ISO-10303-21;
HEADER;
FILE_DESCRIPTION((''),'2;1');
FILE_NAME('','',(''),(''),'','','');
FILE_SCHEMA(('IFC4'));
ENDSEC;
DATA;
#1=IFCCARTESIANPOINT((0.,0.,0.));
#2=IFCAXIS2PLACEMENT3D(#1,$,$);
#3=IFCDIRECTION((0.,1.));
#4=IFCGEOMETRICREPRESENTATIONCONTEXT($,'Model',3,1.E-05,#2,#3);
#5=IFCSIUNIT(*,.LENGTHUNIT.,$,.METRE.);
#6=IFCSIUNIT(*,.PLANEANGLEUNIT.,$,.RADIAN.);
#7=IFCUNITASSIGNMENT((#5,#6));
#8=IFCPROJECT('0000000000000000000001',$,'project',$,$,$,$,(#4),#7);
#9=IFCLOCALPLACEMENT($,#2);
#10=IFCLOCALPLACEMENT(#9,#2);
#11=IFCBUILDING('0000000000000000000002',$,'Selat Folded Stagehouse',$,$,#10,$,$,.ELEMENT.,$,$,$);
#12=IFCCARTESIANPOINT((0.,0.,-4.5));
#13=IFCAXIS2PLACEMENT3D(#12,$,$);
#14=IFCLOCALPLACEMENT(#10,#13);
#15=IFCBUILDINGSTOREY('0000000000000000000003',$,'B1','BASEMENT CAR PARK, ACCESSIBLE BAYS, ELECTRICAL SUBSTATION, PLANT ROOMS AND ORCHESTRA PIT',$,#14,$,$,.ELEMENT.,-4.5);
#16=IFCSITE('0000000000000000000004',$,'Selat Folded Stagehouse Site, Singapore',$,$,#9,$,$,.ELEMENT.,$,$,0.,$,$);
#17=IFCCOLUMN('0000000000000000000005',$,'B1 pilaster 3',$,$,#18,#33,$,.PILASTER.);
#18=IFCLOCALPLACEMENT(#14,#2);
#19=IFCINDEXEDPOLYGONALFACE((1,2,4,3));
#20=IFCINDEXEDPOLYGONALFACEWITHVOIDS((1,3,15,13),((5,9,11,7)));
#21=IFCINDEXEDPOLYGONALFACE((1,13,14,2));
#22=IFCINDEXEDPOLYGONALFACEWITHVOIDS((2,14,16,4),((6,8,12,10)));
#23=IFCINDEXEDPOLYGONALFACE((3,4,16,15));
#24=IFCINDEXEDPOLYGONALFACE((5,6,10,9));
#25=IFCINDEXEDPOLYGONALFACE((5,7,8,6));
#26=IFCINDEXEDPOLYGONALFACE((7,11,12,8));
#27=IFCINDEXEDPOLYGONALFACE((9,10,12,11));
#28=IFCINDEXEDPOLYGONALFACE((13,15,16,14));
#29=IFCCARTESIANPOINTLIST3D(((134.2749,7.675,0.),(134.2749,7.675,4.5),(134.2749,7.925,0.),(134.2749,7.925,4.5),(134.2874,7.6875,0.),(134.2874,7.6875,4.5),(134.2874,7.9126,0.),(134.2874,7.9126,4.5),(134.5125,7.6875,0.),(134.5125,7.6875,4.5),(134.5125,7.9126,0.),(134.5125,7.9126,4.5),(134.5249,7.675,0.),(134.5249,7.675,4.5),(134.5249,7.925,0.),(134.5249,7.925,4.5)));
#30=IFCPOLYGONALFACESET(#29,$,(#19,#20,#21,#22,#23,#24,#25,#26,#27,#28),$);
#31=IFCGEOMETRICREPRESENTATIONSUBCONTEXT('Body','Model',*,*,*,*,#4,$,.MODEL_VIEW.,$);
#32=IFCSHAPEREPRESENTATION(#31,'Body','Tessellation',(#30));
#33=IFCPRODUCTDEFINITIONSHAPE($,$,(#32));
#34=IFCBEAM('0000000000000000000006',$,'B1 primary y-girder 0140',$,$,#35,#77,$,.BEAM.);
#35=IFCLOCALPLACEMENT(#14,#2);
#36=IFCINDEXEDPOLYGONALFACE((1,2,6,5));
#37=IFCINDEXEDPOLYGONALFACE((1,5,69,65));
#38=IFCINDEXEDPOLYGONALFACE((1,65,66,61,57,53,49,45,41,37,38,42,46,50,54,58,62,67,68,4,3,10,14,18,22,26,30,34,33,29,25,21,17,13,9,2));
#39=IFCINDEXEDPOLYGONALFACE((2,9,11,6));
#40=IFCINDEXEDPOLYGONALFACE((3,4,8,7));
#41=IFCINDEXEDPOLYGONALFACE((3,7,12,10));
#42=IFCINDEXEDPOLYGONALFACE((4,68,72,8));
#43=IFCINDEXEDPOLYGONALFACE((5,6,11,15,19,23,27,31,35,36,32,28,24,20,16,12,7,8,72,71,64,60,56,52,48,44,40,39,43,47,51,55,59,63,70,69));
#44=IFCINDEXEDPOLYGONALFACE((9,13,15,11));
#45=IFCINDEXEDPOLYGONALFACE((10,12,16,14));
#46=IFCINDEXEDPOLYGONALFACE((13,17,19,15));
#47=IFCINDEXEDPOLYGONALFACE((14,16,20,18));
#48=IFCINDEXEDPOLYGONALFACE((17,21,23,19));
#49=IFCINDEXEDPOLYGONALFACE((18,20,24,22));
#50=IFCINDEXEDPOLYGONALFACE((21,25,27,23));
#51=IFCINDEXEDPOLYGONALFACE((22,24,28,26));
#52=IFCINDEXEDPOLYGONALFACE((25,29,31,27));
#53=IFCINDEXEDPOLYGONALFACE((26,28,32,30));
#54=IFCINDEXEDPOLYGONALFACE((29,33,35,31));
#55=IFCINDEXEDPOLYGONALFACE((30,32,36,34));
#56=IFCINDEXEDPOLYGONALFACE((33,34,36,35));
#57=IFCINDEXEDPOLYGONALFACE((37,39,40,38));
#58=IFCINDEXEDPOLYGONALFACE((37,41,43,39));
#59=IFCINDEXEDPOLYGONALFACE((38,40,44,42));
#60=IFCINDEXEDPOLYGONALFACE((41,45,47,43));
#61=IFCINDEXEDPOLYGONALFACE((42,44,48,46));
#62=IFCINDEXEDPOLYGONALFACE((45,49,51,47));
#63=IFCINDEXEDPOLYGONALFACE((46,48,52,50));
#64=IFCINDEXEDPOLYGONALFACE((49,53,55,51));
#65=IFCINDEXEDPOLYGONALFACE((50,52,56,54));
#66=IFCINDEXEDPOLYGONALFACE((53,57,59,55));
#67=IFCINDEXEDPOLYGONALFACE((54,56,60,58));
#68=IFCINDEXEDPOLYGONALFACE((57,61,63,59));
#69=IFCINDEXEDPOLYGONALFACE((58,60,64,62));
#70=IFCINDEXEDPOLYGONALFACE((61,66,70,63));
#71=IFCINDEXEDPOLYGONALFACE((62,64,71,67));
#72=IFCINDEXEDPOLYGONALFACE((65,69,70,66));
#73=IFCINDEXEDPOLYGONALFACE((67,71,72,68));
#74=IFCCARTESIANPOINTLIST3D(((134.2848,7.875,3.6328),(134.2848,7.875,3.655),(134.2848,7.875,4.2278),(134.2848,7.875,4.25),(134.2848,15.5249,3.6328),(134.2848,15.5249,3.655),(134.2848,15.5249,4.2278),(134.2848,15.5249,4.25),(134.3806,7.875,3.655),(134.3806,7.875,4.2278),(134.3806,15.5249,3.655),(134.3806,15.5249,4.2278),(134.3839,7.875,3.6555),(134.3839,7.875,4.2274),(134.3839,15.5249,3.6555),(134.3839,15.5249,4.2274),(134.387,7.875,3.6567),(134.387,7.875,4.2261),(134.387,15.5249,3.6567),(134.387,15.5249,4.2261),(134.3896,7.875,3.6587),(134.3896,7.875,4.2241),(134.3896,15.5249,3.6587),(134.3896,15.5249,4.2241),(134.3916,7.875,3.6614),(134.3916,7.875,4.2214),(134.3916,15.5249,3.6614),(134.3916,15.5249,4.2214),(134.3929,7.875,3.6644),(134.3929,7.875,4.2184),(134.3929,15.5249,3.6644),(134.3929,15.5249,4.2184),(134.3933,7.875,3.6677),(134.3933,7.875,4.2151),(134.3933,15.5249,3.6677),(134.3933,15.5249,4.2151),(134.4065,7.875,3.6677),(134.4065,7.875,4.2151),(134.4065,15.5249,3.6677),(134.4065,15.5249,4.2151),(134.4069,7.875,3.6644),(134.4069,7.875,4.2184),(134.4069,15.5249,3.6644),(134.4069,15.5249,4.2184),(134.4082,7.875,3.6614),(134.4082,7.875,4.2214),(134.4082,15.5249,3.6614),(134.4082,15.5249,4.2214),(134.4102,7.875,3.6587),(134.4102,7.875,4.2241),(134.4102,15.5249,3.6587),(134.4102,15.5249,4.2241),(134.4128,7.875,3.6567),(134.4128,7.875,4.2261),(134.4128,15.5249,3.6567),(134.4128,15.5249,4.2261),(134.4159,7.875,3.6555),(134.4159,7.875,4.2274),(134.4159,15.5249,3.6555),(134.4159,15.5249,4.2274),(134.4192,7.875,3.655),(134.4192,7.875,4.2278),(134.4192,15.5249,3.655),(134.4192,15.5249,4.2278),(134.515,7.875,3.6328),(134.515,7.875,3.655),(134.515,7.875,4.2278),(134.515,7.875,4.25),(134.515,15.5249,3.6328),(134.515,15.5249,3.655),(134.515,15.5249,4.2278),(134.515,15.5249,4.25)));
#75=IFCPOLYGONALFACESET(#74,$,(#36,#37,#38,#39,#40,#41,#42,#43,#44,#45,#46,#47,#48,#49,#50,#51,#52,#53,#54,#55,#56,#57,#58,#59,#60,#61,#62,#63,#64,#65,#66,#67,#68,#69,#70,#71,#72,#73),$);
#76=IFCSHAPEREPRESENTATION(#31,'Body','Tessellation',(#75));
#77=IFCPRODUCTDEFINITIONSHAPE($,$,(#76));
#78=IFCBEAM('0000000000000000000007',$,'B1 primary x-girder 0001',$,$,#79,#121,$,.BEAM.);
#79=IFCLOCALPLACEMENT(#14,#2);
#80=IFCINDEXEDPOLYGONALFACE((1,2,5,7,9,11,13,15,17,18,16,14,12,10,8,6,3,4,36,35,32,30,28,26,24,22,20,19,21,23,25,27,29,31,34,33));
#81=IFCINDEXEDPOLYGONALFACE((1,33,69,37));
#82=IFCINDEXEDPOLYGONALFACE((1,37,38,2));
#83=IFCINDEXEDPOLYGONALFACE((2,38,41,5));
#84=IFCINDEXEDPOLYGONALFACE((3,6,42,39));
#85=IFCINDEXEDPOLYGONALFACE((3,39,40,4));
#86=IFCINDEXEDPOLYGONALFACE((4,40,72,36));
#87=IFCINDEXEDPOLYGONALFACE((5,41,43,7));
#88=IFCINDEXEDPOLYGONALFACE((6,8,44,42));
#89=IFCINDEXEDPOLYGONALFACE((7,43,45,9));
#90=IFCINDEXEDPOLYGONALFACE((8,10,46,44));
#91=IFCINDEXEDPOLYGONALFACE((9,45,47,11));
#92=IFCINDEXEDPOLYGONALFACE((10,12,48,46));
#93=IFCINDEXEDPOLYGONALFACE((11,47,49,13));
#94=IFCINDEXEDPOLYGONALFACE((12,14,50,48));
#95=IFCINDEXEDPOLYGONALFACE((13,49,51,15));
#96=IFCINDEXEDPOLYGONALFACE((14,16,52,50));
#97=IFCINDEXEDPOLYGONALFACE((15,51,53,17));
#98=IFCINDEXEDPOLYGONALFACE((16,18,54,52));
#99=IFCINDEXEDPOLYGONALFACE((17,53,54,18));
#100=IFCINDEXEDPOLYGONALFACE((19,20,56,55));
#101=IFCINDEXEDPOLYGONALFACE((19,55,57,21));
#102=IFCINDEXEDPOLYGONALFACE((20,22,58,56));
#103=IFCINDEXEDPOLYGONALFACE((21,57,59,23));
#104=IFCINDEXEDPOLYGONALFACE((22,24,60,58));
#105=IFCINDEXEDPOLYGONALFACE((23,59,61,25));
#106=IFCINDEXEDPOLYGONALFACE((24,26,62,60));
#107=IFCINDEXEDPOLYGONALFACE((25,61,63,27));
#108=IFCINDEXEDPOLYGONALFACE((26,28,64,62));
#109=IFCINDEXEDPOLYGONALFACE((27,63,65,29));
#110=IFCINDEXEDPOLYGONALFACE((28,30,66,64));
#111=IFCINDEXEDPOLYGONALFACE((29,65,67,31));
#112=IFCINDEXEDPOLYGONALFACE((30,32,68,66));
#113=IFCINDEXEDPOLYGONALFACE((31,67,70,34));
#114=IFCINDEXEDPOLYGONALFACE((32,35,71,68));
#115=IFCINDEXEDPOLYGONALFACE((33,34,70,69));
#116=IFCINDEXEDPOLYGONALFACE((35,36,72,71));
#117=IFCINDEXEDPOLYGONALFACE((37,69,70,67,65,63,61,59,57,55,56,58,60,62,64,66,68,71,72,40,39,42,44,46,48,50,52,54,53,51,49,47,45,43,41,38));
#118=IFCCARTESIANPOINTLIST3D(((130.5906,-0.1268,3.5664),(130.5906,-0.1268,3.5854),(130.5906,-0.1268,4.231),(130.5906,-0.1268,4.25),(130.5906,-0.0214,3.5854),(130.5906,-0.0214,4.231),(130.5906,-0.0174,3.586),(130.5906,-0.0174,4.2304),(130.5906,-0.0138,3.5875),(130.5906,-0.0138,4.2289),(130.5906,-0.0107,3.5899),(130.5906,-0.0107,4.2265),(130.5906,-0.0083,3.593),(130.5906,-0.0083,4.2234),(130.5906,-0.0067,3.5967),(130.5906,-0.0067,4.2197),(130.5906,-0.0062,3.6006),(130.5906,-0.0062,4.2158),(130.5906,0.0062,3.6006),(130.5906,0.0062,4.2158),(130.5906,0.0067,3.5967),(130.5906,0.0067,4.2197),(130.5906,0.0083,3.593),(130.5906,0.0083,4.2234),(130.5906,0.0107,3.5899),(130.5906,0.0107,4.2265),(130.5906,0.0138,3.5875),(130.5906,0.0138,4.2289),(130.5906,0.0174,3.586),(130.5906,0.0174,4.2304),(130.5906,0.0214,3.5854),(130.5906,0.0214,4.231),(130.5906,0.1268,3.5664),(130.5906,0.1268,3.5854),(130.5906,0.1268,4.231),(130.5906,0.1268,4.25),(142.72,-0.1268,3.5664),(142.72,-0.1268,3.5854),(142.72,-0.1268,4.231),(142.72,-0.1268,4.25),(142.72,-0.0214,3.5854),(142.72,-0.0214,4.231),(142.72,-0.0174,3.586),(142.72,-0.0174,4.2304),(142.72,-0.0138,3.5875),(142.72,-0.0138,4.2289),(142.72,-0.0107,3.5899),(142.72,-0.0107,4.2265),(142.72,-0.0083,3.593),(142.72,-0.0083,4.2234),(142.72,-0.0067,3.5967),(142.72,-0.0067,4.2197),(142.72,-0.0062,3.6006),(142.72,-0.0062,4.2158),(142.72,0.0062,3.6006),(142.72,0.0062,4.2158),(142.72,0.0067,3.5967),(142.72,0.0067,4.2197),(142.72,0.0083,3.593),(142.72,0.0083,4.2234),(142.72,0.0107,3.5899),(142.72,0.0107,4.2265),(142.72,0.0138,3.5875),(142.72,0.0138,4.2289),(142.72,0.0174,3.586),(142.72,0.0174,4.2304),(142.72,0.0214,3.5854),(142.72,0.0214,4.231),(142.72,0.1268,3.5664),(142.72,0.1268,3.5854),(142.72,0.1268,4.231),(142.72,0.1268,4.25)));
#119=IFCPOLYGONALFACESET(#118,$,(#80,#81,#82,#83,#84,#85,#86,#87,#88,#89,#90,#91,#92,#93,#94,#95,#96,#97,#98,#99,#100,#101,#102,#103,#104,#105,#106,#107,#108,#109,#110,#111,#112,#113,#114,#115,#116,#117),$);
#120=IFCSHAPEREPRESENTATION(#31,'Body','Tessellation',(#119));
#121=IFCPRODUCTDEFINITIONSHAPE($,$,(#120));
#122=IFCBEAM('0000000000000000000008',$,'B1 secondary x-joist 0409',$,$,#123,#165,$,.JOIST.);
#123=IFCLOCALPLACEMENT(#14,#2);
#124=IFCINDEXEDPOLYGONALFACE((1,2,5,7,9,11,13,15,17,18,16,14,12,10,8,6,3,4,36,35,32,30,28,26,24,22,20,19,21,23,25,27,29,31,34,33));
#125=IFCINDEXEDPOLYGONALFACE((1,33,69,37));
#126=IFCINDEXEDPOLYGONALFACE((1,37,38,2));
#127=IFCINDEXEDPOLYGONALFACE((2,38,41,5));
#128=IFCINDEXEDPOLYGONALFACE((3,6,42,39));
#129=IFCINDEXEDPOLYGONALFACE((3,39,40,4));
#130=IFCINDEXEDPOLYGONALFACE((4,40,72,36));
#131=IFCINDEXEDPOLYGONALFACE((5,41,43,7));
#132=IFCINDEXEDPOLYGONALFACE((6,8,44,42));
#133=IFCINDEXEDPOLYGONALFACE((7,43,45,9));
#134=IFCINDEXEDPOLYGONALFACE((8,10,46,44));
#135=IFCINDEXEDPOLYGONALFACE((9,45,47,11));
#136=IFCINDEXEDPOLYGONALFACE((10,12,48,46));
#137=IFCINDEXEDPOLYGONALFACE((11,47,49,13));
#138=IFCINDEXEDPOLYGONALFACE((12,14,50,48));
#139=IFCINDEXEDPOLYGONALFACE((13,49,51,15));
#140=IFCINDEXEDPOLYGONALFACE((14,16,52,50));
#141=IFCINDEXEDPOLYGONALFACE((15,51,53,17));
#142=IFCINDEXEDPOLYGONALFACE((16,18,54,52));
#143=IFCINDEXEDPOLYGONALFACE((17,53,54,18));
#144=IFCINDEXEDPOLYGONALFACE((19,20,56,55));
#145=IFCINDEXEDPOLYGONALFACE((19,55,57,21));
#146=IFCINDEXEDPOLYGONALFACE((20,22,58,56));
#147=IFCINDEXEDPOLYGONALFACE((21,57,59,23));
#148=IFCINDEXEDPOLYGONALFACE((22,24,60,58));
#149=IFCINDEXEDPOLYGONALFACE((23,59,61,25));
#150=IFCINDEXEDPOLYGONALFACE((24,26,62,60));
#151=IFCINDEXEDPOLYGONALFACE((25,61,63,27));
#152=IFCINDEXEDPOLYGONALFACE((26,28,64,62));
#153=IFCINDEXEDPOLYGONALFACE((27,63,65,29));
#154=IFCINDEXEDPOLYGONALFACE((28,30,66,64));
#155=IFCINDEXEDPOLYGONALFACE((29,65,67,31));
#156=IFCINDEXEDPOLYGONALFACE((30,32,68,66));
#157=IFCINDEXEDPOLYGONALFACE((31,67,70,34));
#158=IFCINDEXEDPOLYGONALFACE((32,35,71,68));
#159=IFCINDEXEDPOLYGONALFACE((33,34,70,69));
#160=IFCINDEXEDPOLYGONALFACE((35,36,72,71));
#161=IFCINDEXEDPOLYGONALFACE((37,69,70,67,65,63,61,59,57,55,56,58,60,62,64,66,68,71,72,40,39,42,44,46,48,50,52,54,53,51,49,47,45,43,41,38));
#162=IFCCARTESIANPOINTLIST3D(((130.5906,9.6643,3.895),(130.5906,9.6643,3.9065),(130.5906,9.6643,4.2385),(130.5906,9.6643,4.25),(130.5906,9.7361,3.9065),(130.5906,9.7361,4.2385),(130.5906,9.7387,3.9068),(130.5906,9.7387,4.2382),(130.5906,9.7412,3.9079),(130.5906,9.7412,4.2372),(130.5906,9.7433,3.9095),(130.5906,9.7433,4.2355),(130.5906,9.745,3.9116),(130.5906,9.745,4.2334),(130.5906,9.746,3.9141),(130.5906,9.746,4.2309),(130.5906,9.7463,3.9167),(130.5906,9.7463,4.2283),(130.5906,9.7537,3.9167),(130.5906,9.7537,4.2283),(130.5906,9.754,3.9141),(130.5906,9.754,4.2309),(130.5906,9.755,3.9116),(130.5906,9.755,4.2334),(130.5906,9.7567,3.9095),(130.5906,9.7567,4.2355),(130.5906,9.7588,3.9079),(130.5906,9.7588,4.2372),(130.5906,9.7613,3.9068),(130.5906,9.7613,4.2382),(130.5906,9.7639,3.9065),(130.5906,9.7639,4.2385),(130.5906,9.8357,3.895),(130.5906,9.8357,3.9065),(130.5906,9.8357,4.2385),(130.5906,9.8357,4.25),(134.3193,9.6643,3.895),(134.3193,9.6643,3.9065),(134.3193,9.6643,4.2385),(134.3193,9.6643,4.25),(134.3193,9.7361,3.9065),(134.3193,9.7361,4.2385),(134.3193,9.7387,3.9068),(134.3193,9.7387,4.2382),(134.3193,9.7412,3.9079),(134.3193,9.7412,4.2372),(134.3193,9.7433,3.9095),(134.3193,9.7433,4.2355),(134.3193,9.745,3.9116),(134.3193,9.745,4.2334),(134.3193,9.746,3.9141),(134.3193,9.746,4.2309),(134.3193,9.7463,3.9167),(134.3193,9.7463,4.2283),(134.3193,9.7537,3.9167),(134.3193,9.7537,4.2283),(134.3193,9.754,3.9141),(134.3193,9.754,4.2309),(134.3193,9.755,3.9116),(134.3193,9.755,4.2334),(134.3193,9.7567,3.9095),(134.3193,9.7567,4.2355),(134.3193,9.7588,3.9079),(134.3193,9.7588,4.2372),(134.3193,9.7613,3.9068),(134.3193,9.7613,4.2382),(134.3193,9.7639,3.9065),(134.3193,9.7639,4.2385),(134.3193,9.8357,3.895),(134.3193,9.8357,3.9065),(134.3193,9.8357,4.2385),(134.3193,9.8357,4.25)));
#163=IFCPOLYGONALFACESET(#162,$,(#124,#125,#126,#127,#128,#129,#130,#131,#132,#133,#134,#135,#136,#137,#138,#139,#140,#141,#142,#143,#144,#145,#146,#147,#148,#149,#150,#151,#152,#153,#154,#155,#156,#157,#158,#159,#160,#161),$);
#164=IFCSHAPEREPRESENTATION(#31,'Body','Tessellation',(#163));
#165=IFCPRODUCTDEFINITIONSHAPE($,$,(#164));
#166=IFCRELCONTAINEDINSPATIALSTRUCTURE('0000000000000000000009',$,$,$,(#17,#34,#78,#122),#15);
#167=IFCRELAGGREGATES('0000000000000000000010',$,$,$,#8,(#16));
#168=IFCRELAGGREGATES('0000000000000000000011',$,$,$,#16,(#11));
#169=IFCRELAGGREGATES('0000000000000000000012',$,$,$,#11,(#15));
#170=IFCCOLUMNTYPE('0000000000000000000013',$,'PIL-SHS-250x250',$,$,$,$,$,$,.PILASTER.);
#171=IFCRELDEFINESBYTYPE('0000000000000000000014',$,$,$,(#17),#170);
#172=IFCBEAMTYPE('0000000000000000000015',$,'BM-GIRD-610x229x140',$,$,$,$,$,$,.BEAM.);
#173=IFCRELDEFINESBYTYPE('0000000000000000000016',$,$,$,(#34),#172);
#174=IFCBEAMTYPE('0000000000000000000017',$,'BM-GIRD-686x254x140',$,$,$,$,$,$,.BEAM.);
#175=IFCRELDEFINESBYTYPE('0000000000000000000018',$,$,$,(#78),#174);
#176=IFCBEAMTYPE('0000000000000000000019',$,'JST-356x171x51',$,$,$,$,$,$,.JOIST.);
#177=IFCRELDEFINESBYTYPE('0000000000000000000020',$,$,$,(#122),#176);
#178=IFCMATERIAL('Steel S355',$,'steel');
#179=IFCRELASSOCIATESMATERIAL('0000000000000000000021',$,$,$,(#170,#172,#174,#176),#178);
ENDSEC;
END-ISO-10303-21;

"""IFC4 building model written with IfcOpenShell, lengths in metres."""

from ifc_helpers import new_model, si_unit, direction, frame, origin, origin_2d, place, context, subcontext, project, spatial, hollow_rectangle, i_section, extrude, material, material_profile, profile_set, type_object, element, save


model = new_model("IFC4")

# Units and contexts
model_context = context("Model", 3, precision=1e-05, world=origin(), true_north=direction((0.0, 1.0)))
body_context = subcontext(model_context, "Body", "Model", "MODEL_VIEW")
ifc_project = project(units=[si_unit("LENGTHUNIT", "METRE"), si_unit("PLANEANGLEUNIT", "RADIAN")], contexts=[model_context])

# Site, building, storey
site_placement = place(None, origin())
site = spatial("IfcSite", under=ifc_project, at=site_placement, Name="Selat Folded Stagehouse Site, Singapore", CompositionType="ELEMENT", RefElevation=0.0)
building_placement = place(site_placement, origin())
building = spatial("IfcBuilding", under=site, at=building_placement, Name="Selat Folded Stagehouse", CompositionType="ELEMENT")
storey_placement = place(building_placement, frame((0.0, 0.0, -4.5)))
storey = spatial("IfcBuildingStorey", under=building, at=storey_placement, Name="B1", Description="BASEMENT CAR PARK, ACCESSIBLE BAYS, ELECTRICAL SUBSTATION, PLANT ROOMS AND ORCHESTRA PIT", CompositionType="ELEMENT", Elevation=-4.5)

# Column
ifc_material_1 = material(Name="Steel S355", Category="steel")
ifc_material_profile_1 = material_profile(ifc_material_1, hollow_rectangle(XDim=0.25, YDim=0.25, WallThickness=0.0125, at=origin_2d()), Name="SHS 250x250x12.5")
ifc_profile_set_1 = profile_set([ifc_material_profile_1], Name="Steel S355")
column_type_1 = type_object("IfcColumnType", Name="PIL-SHS-250x250", PredefinedType="PILASTER", material=ifc_profile_set_1)
column_placement = place(storey_placement, frame((134.3999, 7.8, 0.0), z_axis=(0.0, 0.0, 1.0), x_axis=(1.0, 0.0, 0.0)))
element("IfcColumn", 1, at=column_placement, inside=storey, type_object=column_type_1, Name="B1 pilaster 3", PredefinedType="PILASTER", context=body_context, shape_type="SweptSolid", body=[
    extrude(hollow_rectangle(XDim=0.25, YDim=0.25, WallThickness=0.0125, at=origin_2d()), origin(), (0.0, 0.0, 1.0), 4.5),
])

# Beams
ifc_material_profile_2 = material_profile(ifc_material_1, i_section(OverallWidth=0.2302, OverallDepth=0.6172, WebThickness=0.0132, FlangeThickness=0.0222, FilletRadius=0.0127, at=origin_2d()), Name="UKB 610x229x140")
ifc_profile_set_2 = profile_set([ifc_material_profile_2], Name="Steel S355")
beam_type_1 = type_object("IfcBeamType", Name="BM-GIRD-610x229x140", PredefinedType="BEAM", material=ifc_profile_set_2)
beam_1_placement = place(storey_placement, frame((134.3999, 7.875, 3.9414), z_axis=(0.0, 1.0, 0.0), x_axis=(-1.0, 0.0, 0.0)))
element("IfcBeam", 2, at=beam_1_placement, inside=storey, type_object=beam_type_1, Name="B1 primary y-girder 0140", PredefinedType="BEAM", context=body_context, shape_type="SweptSolid", body=[
    extrude(i_section(OverallWidth=0.2302, OverallDepth=0.6172, WebThickness=0.0132, FlangeThickness=0.0222, FilletRadius=0.0127, at=origin_2d()), origin(), (0.0, 0.0, 1.0), 7.6499),
])
ifc_material_profile_3 = material_profile(ifc_material_1, i_section(OverallWidth=0.2537, OverallDepth=0.6836, WebThickness=0.0125, FlangeThickness=0.019, FilletRadius=0.0151, at=origin_2d()), Name="UKB 686x254x140")
ifc_profile_set_3 = profile_set([ifc_material_profile_3], Name="Steel S355")
beam_type_2 = type_object("IfcBeamType", Name="BM-GIRD-686x254x140", PredefinedType="BEAM", material=ifc_profile_set_3)
beam_2_placement = place(storey_placement, frame((130.5906, 0.0, 3.9082), z_axis=(1.0, 0.0, 0.0), x_axis=(0.0, 1.0, 0.0)))
element("IfcBeam", 3, at=beam_2_placement, inside=storey, type_object=beam_type_2, Name="B1 primary x-girder 0001", PredefinedType="BEAM", context=body_context, shape_type="SweptSolid", body=[
    extrude(i_section(OverallWidth=0.2537, OverallDepth=0.6836, WebThickness=0.0125, FlangeThickness=0.019, FilletRadius=0.0151, at=origin_2d()), origin(), (0.0, 0.0, 1.0), 12.1294),
])
ifc_material_profile_4 = material_profile(ifc_material_1, i_section(OverallWidth=0.1714, OverallDepth=0.355, WebThickness=0.0073, FlangeThickness=0.0115, FilletRadius=0.0103, at=origin_2d()), Name="UKB 356x171x51")
ifc_profile_set_4 = profile_set([ifc_material_profile_4], Name="Steel S355")
beam_type_3 = type_object("IfcBeamType", Name="JST-356x171x51", PredefinedType="JOIST", material=ifc_profile_set_4)
for number, where, z_axis, x_axis, name in (
    (4, (130.5906, 9.75, 4.0725), (1.0, 0.0, 0.0), (0.0, 1.0, 0.0), "B1 secondary x-joist 0409"),
):
    element("IfcBeam", number, at=place(storey_placement, frame(where, z_axis=z_axis, x_axis=x_axis)), inside=storey, type_object=beam_type_3, Name=name, PredefinedType="JOIST", context=body_context, shape_type="SweptSolid", body=[
        extrude(i_section(OverallWidth=0.1714, OverallDepth=0.355, WebThickness=0.0073, FlangeThickness=0.0115, FilletRadius=0.0103, at=origin_2d()), origin(), (0.0, 0.0, 1.0), 3.7288),
    ])

save(model, "model.ifc")
